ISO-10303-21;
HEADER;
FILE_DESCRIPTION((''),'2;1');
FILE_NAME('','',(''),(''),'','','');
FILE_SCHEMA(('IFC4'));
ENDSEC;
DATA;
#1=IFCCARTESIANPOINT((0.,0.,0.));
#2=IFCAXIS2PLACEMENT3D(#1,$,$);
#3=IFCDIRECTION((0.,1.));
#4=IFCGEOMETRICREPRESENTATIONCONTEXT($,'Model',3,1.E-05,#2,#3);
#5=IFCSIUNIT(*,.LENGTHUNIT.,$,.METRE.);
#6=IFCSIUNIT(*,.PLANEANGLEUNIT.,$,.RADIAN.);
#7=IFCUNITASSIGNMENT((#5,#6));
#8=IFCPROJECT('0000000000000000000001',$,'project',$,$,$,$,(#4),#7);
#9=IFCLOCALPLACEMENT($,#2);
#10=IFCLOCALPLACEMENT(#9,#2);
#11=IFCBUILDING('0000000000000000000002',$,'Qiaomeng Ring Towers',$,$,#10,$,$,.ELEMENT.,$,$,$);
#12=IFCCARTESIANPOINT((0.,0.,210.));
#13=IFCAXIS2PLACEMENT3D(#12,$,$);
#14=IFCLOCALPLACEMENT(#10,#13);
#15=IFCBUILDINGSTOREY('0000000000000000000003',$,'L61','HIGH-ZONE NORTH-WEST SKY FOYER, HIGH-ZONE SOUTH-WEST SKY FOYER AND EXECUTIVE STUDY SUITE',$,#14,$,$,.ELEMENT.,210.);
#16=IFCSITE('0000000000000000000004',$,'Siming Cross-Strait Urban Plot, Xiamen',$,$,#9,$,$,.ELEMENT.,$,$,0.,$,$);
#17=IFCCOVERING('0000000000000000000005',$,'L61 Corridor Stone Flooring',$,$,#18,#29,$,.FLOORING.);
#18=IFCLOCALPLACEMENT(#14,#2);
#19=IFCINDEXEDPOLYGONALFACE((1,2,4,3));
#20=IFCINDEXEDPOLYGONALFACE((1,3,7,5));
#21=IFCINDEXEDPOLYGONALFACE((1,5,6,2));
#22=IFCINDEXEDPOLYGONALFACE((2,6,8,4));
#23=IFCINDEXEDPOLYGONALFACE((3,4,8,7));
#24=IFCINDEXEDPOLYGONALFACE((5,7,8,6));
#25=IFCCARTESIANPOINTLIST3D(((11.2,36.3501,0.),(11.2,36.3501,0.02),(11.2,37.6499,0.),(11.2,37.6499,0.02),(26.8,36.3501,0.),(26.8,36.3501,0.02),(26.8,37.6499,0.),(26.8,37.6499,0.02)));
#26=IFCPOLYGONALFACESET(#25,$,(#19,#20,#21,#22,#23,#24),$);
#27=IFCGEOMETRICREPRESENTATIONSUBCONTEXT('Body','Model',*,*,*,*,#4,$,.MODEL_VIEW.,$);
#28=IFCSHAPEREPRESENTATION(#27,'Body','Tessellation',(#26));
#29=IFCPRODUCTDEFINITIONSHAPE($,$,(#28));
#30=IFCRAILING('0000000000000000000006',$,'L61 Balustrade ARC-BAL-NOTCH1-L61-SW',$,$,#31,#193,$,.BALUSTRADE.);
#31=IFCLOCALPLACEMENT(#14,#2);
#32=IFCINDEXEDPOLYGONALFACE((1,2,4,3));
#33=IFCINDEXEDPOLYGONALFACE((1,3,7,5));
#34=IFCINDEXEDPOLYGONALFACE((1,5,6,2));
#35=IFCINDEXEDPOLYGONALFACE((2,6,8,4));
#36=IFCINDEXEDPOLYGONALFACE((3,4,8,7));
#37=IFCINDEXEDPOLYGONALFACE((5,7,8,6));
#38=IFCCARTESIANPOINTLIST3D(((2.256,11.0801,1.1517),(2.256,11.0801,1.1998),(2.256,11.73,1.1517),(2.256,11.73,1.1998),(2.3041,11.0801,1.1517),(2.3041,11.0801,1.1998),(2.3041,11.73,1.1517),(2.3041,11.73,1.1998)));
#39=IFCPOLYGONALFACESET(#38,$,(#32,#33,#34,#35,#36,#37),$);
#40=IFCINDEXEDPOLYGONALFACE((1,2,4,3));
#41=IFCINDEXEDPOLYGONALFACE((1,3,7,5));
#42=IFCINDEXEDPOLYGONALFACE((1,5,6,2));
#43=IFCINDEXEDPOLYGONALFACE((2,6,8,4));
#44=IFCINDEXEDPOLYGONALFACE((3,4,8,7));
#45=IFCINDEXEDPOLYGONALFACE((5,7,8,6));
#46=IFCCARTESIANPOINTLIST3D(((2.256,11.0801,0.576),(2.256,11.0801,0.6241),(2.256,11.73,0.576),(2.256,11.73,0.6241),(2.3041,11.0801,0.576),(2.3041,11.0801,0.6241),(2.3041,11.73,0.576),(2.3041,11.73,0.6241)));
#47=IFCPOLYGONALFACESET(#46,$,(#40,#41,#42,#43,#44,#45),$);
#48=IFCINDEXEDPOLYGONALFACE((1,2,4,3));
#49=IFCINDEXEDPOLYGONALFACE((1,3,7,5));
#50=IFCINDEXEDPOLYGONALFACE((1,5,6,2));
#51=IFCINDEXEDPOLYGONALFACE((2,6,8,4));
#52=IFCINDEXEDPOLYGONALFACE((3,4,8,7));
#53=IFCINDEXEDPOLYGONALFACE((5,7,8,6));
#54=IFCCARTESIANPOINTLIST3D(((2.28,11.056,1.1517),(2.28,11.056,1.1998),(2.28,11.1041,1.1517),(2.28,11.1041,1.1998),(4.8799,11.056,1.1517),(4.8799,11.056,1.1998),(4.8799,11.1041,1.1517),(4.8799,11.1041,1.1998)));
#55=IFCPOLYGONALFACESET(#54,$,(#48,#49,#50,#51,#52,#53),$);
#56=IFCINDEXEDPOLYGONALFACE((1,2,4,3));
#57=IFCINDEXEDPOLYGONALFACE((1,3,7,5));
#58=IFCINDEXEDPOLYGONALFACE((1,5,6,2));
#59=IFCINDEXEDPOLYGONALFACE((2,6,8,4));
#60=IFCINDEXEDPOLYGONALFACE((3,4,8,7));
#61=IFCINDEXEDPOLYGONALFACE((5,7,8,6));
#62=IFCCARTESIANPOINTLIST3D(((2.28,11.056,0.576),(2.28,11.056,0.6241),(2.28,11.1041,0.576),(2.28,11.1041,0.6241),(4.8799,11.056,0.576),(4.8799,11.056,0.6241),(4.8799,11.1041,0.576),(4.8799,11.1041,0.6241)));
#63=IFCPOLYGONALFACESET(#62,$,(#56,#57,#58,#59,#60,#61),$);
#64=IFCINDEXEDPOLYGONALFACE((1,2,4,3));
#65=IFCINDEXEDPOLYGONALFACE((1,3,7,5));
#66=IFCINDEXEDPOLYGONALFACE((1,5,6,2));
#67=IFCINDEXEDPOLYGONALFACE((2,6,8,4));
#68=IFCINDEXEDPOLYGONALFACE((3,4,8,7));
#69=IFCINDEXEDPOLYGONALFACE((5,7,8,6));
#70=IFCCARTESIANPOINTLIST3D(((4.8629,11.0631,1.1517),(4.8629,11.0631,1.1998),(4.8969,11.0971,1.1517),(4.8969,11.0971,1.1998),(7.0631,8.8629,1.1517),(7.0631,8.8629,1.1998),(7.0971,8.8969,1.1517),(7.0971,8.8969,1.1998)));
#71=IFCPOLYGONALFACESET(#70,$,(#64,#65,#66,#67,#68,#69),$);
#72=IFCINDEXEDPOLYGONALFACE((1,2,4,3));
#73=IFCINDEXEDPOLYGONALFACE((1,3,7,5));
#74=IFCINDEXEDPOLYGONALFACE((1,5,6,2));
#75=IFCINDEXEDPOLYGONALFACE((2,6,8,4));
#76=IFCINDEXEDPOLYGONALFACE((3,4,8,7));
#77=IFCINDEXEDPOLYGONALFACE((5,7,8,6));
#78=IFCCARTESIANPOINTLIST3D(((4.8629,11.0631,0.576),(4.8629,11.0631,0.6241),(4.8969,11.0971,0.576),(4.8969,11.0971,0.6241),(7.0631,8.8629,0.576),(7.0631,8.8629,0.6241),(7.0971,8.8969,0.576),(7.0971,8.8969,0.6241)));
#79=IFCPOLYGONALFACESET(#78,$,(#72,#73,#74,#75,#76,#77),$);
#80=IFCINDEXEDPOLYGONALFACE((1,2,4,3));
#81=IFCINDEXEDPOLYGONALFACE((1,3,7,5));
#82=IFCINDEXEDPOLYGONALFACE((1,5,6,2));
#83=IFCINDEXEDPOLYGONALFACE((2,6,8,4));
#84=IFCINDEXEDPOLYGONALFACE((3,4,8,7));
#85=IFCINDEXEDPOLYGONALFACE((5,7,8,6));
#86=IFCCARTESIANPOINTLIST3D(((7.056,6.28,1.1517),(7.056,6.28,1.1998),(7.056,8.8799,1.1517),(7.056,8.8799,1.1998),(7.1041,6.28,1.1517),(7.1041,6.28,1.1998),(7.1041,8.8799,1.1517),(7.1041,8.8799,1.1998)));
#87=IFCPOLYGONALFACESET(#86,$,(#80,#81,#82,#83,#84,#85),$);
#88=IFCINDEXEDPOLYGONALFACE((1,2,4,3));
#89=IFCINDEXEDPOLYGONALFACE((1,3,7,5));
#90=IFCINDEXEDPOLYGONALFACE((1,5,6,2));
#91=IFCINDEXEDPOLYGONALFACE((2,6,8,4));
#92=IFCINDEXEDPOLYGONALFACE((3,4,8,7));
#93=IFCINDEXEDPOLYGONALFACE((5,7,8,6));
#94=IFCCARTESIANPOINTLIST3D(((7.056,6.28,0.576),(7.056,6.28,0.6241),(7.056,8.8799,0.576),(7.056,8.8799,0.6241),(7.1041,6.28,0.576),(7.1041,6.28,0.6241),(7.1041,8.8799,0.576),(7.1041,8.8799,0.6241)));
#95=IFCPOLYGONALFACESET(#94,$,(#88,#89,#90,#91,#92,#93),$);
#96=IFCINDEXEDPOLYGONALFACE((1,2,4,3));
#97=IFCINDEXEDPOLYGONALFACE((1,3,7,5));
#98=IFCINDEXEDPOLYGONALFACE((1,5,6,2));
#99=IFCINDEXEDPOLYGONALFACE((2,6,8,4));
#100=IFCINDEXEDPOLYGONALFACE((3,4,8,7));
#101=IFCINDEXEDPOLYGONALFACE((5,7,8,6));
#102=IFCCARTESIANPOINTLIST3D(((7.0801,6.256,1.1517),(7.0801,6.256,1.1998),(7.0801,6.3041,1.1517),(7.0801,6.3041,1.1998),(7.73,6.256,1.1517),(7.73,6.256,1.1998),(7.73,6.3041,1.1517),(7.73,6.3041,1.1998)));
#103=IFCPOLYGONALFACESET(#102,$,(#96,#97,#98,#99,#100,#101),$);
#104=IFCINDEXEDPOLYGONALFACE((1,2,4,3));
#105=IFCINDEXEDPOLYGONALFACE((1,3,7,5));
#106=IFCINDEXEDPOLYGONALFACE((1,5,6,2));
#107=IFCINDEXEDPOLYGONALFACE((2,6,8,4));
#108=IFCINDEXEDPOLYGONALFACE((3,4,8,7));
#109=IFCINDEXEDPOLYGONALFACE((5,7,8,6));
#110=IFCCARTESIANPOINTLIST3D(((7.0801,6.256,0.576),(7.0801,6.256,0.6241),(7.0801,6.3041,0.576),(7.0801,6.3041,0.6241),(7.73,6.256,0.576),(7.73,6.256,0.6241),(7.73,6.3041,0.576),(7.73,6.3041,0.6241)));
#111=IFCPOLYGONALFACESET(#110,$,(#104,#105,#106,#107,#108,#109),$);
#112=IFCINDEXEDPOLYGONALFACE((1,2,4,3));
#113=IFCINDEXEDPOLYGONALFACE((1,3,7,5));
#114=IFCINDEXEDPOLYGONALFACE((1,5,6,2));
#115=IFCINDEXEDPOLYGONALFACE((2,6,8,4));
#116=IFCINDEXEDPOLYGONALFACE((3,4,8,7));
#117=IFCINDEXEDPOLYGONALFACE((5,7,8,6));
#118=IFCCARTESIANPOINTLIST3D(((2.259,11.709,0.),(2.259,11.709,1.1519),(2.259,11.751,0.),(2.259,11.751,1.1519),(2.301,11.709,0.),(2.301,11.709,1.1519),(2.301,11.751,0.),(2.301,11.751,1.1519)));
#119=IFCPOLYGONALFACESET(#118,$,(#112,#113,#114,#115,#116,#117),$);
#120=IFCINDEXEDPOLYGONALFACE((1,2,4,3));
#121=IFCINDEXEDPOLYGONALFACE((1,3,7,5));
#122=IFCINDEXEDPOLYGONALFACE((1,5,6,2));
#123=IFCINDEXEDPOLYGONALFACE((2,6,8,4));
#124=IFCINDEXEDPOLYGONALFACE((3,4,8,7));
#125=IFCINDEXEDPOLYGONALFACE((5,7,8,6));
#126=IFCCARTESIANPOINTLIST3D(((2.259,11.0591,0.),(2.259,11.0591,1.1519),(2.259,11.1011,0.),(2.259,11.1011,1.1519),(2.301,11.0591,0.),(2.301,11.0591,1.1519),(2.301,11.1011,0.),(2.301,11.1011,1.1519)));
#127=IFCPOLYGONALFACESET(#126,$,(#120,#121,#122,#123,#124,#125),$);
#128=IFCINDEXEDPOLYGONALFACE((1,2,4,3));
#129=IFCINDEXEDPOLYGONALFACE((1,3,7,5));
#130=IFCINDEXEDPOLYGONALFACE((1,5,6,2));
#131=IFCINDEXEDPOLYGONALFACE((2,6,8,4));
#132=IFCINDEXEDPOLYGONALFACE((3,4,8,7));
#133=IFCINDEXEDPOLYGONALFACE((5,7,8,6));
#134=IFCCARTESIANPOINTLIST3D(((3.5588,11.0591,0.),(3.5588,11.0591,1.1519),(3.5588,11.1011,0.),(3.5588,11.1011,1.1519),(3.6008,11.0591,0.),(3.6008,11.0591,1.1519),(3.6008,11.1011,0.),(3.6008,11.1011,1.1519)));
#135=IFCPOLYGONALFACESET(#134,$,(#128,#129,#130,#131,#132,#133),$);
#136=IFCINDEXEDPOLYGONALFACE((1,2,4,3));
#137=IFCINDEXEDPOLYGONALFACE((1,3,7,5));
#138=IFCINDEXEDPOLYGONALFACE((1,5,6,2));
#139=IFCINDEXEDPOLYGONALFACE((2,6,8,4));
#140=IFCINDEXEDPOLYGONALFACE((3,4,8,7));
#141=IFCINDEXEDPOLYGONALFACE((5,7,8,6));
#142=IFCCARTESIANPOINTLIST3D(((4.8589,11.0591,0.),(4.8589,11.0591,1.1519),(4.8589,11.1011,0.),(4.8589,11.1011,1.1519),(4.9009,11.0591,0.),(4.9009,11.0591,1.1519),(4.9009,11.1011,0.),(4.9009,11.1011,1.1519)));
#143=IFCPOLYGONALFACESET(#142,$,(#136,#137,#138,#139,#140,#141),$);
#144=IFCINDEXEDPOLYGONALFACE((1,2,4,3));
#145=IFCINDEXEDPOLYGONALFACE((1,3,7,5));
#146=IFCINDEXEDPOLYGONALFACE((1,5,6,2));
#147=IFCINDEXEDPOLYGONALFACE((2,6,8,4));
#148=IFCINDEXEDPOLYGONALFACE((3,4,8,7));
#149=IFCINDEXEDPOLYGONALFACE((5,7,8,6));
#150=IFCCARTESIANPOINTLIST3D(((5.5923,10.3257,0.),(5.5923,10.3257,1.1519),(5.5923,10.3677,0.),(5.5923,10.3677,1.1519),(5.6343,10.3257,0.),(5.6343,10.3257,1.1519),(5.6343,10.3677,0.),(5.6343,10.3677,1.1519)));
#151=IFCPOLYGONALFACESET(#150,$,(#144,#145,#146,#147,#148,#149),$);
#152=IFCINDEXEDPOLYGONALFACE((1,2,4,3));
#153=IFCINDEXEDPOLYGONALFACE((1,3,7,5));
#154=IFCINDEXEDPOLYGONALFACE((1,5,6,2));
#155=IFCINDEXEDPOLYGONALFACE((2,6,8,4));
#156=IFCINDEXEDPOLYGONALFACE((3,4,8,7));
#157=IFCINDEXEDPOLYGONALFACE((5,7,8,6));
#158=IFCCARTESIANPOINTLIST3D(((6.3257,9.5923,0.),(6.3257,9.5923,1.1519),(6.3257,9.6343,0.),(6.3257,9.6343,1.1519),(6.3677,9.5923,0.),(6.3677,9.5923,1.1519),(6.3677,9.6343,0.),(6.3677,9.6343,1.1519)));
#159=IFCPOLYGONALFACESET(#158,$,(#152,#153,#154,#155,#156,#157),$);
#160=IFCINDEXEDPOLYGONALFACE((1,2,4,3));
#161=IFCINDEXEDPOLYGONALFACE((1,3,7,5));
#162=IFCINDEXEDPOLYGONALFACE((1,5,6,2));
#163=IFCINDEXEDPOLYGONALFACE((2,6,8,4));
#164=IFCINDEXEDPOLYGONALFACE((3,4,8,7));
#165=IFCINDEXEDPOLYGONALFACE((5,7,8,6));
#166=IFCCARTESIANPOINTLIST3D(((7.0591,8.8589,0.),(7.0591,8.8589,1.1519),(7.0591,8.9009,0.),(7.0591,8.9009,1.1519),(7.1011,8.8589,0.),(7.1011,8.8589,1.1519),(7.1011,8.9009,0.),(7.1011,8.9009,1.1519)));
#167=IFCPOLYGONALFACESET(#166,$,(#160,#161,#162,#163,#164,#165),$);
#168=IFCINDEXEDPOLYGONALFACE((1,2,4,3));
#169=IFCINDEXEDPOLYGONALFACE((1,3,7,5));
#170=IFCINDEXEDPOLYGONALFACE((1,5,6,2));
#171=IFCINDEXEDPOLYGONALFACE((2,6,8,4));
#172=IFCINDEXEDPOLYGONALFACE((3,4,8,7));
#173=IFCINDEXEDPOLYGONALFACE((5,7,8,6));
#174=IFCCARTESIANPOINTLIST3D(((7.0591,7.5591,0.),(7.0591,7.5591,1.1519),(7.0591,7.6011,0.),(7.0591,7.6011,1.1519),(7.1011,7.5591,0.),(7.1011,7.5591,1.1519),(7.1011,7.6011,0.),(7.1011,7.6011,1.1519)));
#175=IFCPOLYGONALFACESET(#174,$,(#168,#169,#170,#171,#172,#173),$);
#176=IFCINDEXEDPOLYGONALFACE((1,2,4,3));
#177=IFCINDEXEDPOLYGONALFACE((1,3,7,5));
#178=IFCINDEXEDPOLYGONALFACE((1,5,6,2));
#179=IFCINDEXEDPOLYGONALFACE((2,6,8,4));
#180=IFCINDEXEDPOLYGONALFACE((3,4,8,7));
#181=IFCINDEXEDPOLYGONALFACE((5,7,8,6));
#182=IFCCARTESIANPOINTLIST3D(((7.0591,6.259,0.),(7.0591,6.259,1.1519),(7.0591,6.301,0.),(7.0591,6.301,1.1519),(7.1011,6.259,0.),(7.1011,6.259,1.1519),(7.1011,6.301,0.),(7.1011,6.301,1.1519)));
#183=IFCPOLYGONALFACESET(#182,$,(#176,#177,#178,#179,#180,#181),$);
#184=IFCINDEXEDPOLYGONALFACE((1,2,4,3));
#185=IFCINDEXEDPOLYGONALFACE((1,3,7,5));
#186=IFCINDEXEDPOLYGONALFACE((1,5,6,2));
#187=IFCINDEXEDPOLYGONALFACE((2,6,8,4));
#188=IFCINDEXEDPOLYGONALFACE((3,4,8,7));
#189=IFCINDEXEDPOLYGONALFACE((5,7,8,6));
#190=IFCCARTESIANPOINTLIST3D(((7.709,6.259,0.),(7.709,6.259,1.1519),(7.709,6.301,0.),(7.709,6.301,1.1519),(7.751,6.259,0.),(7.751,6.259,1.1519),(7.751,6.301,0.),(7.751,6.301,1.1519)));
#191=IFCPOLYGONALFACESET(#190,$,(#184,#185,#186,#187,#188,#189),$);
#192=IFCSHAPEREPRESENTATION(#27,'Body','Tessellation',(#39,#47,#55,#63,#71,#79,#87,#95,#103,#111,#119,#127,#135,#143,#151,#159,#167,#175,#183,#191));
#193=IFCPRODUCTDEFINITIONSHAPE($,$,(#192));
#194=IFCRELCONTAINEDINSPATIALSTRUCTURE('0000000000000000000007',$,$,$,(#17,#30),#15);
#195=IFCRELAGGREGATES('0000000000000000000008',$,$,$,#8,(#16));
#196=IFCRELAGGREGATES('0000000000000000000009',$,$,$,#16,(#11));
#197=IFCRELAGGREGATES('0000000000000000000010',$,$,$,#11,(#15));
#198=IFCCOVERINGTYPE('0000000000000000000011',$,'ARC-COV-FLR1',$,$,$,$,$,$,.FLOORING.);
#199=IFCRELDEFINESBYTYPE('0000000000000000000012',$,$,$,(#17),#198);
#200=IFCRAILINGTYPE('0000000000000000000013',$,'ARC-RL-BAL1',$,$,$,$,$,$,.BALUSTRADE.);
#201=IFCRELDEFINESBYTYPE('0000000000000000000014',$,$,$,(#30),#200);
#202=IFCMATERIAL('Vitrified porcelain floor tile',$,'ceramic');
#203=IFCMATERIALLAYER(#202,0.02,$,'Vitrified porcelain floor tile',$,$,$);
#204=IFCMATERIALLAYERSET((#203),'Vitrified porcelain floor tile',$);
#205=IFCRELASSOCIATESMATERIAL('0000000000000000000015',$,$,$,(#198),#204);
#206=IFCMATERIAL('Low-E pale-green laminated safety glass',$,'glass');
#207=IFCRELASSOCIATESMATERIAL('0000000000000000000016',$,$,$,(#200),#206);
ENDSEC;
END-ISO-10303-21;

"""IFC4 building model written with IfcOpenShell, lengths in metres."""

from ifc_helpers import new_model, si_unit, direction, frame, origin, origin_2d, place, context, subcontext, project, spatial, polyline, rectangle, outline, extrude, material, layer, layer_set, type_object, element, save


model = new_model("IFC4")

# Units and contexts
model_context = context("Model", 3, precision=1e-05, world=origin(), true_north=direction((0.0, 1.0)))
body_context = subcontext(model_context, "Body", "Model", "MODEL_VIEW")
ifc_project = project(units=[si_unit("LENGTHUNIT", "METRE"), si_unit("PLANEANGLEUNIT", "RADIAN")], contexts=[model_context])

# Site, building, storey
site_placement = place(None, origin())
site = spatial("IfcSite", under=ifc_project, at=site_placement, Name="Siming Cross-Strait Urban Plot, Xiamen", CompositionType="ELEMENT", RefElevation=0.0)
building_placement = place(site_placement, origin())
building = spatial("IfcBuilding", under=site, at=building_placement, Name="Qiaomeng Ring Towers", CompositionType="ELEMENT")
storey_placement = place(building_placement, frame((0.0, 0.0, 210.0)))
storey = spatial("IfcBuildingStorey", under=building, at=storey_placement, Name="L61", Description="HIGH-ZONE NORTH-WEST SKY FOYER, HIGH-ZONE SOUTH-WEST SKY FOYER AND EXECUTIVE STUDY SUITE", CompositionType="ELEMENT", Elevation=210.0)

# Covering
ifc_material_1 = material(Name="Vitrified porcelain floor tile", Category="ceramic")
ifc_layer_1 = layer(ifc_material_1, 0.02, Name="Vitrified porcelain floor tile")
ifc_layer_set_1 = layer_set([ifc_layer_1], Name="Vitrified porcelain floor tile")
covering_type_1 = type_object("IfcCoveringType", Name="ARC-COV-FLR1", PredefinedType="FLOORING", material=ifc_layer_set_1)
covering_1_placement = place(storey_placement, origin())
element("IfcCovering", 1, at=covering_1_placement, inside=storey, type_object=covering_type_1, Name="L61 Corridor Stone Flooring", PredefinedType="FLOORING", context=body_context, shape_type="SweptSolid", body=[
    extrude(outline(polyline([(11.2, 36.3501), (11.2, 37.6499), (26.8, 37.6499), (26.8, 36.3501), (11.2, 36.3501)])), origin(), (0.0, 0.0, 1.0), 0.02),
])

# Railing
ifc_material_2 = material(Name="Low-E pale-green laminated safety glass", Category="glass")
railing_type = type_object("IfcRailingType", Name="ARC-RL-BAL1", PredefinedType="BALUSTRADE", material=ifc_material_2)
railing_placement = place(storey_placement, frame((2.28, 11.73, 0.0)))
element("IfcRailing", 2, at=railing_placement, inside=storey, type_object=railing_type, Name="L61 Balustrade ARC-BAL-NOTCH1-L61-SW", PredefinedType="BALUSTRADE", context=body_context, shape_type="SweptSolid", body=[
    extrude(rectangle(XDim=0.0481, YDim=0.0481, at=origin_2d()), frame((0.0, 0.0, 1.1758), z_axis=(0.0, -1.0, 0.0), x_axis=(1.0, 0.0, 0.0)), (0.0, 0.0, 1.0), 0.6499),
    extrude(rectangle(XDim=0.0481, YDim=0.0481, at=origin_2d()), frame((0.0, 0.0, 0.6001), z_axis=(0.0, -1.0, 0.0), x_axis=(1.0, 0.0, 0.0)), (0.0, 0.0, 1.0), 0.6499),
    extrude(rectangle(XDim=0.0481, YDim=0.0481, at=origin_2d()), frame((0.0, -0.6499, 1.1758), z_axis=(1.0, 0.0, 0.0), x_axis=(0.0, 1.0, 0.0)), (0.0, 0.0, 1.0), 2.5999),
    extrude(rectangle(XDim=0.0481, YDim=0.0481, at=origin_2d()), frame((0.0, -0.6499, 0.6001), z_axis=(1.0, 0.0, 0.0), x_axis=(0.0, 1.0, 0.0)), (0.0, 0.0, 1.0), 2.5999),
    extrude(rectangle(XDim=0.0481, YDim=0.0481, at=origin_2d()), frame((2.5999, -0.6499, 1.1758), z_axis=(0.707107, -0.707107, 0.0), x_axis=(0.707107, 0.707107, 0.0)), (0.0, 0.0, 1.0), 3.1116),
    extrude(rectangle(XDim=0.0481, YDim=0.0481, at=origin_2d()), frame((2.5999, -0.6499, 0.6001), z_axis=(0.707107, -0.707107, 0.0), x_axis=(0.707107, 0.707107, 0.0)), (0.0, 0.0, 1.0), 3.1116),
    extrude(rectangle(XDim=0.0481, YDim=0.0481, at=origin_2d()), frame((4.8, -2.8501, 1.1758), z_axis=(0.0, -1.0, 0.0), x_axis=(1.0, 0.0, 0.0)), (0.0, 0.0, 1.0), 2.5999),
    extrude(rectangle(XDim=0.0481, YDim=0.0481, at=origin_2d()), frame((4.8, -2.8501, 0.6001), z_axis=(0.0, -1.0, 0.0), x_axis=(1.0, 0.0, 0.0)), (0.0, 0.0, 1.0), 2.5999),
    extrude(rectangle(XDim=0.0481, YDim=0.0481, at=origin_2d()), frame((4.8, -5.45, 1.1758), z_axis=(1.0, 0.0, 0.0), x_axis=(0.0, 1.0, 0.0)), (0.0, 0.0, 1.0), 0.6499),
    extrude(rectangle(XDim=0.0481, YDim=0.0481, at=origin_2d()), frame((4.8, -5.45, 0.6001), z_axis=(1.0, 0.0, 0.0), x_axis=(0.0, 1.0, 0.0)), (0.0, 0.0, 1.0), 0.6499),
    extrude(rectangle(XDim=0.042, YDim=0.042, at=origin_2d()), origin(), (0.0, 0.0, 1.0), 1.1519),
    extrude(rectangle(XDim=0.042, YDim=0.042, at=origin_2d()), frame((0.0, -0.6499, 0.0)), (0.0, 0.0, 1.0), 1.1519),
    extrude(rectangle(XDim=0.042, YDim=0.042, at=origin_2d()), frame((1.2998, -0.6499, 0.0)), (0.0, 0.0, 1.0), 1.1519),
    extrude(rectangle(XDim=0.042, YDim=0.042, at=origin_2d()), frame((2.5999, -0.6499, 0.0)), (0.0, 0.0, 1.0), 1.1519),
    extrude(rectangle(XDim=0.042, YDim=0.042, at=origin_2d()), frame((3.3333, -1.3833, 0.0)), (0.0, 0.0, 1.0), 1.1519),
    extrude(rectangle(XDim=0.042, YDim=0.042, at=origin_2d()), frame((4.0667, -2.1167, 0.0)), (0.0, 0.0, 1.0), 1.1519),
    extrude(rectangle(XDim=0.042, YDim=0.042, at=origin_2d()), frame((4.8, -2.8501, 0.0)), (0.0, 0.0, 1.0), 1.1519),
    extrude(rectangle(XDim=0.042, YDim=0.042, at=origin_2d()), frame((4.8, -4.1499, 0.0)), (0.0, 0.0, 1.0), 1.1519),
    extrude(rectangle(XDim=0.042, YDim=0.042, at=origin_2d()), frame((4.8, -5.45, 0.0)), (0.0, 0.0, 1.0), 1.1519),
    extrude(rectangle(XDim=0.042, YDim=0.042, at=origin_2d()), frame((5.45, -5.45, 0.0)), (0.0, 0.0, 1.0), 1.1519),
])

save(model, "model.ifc")
